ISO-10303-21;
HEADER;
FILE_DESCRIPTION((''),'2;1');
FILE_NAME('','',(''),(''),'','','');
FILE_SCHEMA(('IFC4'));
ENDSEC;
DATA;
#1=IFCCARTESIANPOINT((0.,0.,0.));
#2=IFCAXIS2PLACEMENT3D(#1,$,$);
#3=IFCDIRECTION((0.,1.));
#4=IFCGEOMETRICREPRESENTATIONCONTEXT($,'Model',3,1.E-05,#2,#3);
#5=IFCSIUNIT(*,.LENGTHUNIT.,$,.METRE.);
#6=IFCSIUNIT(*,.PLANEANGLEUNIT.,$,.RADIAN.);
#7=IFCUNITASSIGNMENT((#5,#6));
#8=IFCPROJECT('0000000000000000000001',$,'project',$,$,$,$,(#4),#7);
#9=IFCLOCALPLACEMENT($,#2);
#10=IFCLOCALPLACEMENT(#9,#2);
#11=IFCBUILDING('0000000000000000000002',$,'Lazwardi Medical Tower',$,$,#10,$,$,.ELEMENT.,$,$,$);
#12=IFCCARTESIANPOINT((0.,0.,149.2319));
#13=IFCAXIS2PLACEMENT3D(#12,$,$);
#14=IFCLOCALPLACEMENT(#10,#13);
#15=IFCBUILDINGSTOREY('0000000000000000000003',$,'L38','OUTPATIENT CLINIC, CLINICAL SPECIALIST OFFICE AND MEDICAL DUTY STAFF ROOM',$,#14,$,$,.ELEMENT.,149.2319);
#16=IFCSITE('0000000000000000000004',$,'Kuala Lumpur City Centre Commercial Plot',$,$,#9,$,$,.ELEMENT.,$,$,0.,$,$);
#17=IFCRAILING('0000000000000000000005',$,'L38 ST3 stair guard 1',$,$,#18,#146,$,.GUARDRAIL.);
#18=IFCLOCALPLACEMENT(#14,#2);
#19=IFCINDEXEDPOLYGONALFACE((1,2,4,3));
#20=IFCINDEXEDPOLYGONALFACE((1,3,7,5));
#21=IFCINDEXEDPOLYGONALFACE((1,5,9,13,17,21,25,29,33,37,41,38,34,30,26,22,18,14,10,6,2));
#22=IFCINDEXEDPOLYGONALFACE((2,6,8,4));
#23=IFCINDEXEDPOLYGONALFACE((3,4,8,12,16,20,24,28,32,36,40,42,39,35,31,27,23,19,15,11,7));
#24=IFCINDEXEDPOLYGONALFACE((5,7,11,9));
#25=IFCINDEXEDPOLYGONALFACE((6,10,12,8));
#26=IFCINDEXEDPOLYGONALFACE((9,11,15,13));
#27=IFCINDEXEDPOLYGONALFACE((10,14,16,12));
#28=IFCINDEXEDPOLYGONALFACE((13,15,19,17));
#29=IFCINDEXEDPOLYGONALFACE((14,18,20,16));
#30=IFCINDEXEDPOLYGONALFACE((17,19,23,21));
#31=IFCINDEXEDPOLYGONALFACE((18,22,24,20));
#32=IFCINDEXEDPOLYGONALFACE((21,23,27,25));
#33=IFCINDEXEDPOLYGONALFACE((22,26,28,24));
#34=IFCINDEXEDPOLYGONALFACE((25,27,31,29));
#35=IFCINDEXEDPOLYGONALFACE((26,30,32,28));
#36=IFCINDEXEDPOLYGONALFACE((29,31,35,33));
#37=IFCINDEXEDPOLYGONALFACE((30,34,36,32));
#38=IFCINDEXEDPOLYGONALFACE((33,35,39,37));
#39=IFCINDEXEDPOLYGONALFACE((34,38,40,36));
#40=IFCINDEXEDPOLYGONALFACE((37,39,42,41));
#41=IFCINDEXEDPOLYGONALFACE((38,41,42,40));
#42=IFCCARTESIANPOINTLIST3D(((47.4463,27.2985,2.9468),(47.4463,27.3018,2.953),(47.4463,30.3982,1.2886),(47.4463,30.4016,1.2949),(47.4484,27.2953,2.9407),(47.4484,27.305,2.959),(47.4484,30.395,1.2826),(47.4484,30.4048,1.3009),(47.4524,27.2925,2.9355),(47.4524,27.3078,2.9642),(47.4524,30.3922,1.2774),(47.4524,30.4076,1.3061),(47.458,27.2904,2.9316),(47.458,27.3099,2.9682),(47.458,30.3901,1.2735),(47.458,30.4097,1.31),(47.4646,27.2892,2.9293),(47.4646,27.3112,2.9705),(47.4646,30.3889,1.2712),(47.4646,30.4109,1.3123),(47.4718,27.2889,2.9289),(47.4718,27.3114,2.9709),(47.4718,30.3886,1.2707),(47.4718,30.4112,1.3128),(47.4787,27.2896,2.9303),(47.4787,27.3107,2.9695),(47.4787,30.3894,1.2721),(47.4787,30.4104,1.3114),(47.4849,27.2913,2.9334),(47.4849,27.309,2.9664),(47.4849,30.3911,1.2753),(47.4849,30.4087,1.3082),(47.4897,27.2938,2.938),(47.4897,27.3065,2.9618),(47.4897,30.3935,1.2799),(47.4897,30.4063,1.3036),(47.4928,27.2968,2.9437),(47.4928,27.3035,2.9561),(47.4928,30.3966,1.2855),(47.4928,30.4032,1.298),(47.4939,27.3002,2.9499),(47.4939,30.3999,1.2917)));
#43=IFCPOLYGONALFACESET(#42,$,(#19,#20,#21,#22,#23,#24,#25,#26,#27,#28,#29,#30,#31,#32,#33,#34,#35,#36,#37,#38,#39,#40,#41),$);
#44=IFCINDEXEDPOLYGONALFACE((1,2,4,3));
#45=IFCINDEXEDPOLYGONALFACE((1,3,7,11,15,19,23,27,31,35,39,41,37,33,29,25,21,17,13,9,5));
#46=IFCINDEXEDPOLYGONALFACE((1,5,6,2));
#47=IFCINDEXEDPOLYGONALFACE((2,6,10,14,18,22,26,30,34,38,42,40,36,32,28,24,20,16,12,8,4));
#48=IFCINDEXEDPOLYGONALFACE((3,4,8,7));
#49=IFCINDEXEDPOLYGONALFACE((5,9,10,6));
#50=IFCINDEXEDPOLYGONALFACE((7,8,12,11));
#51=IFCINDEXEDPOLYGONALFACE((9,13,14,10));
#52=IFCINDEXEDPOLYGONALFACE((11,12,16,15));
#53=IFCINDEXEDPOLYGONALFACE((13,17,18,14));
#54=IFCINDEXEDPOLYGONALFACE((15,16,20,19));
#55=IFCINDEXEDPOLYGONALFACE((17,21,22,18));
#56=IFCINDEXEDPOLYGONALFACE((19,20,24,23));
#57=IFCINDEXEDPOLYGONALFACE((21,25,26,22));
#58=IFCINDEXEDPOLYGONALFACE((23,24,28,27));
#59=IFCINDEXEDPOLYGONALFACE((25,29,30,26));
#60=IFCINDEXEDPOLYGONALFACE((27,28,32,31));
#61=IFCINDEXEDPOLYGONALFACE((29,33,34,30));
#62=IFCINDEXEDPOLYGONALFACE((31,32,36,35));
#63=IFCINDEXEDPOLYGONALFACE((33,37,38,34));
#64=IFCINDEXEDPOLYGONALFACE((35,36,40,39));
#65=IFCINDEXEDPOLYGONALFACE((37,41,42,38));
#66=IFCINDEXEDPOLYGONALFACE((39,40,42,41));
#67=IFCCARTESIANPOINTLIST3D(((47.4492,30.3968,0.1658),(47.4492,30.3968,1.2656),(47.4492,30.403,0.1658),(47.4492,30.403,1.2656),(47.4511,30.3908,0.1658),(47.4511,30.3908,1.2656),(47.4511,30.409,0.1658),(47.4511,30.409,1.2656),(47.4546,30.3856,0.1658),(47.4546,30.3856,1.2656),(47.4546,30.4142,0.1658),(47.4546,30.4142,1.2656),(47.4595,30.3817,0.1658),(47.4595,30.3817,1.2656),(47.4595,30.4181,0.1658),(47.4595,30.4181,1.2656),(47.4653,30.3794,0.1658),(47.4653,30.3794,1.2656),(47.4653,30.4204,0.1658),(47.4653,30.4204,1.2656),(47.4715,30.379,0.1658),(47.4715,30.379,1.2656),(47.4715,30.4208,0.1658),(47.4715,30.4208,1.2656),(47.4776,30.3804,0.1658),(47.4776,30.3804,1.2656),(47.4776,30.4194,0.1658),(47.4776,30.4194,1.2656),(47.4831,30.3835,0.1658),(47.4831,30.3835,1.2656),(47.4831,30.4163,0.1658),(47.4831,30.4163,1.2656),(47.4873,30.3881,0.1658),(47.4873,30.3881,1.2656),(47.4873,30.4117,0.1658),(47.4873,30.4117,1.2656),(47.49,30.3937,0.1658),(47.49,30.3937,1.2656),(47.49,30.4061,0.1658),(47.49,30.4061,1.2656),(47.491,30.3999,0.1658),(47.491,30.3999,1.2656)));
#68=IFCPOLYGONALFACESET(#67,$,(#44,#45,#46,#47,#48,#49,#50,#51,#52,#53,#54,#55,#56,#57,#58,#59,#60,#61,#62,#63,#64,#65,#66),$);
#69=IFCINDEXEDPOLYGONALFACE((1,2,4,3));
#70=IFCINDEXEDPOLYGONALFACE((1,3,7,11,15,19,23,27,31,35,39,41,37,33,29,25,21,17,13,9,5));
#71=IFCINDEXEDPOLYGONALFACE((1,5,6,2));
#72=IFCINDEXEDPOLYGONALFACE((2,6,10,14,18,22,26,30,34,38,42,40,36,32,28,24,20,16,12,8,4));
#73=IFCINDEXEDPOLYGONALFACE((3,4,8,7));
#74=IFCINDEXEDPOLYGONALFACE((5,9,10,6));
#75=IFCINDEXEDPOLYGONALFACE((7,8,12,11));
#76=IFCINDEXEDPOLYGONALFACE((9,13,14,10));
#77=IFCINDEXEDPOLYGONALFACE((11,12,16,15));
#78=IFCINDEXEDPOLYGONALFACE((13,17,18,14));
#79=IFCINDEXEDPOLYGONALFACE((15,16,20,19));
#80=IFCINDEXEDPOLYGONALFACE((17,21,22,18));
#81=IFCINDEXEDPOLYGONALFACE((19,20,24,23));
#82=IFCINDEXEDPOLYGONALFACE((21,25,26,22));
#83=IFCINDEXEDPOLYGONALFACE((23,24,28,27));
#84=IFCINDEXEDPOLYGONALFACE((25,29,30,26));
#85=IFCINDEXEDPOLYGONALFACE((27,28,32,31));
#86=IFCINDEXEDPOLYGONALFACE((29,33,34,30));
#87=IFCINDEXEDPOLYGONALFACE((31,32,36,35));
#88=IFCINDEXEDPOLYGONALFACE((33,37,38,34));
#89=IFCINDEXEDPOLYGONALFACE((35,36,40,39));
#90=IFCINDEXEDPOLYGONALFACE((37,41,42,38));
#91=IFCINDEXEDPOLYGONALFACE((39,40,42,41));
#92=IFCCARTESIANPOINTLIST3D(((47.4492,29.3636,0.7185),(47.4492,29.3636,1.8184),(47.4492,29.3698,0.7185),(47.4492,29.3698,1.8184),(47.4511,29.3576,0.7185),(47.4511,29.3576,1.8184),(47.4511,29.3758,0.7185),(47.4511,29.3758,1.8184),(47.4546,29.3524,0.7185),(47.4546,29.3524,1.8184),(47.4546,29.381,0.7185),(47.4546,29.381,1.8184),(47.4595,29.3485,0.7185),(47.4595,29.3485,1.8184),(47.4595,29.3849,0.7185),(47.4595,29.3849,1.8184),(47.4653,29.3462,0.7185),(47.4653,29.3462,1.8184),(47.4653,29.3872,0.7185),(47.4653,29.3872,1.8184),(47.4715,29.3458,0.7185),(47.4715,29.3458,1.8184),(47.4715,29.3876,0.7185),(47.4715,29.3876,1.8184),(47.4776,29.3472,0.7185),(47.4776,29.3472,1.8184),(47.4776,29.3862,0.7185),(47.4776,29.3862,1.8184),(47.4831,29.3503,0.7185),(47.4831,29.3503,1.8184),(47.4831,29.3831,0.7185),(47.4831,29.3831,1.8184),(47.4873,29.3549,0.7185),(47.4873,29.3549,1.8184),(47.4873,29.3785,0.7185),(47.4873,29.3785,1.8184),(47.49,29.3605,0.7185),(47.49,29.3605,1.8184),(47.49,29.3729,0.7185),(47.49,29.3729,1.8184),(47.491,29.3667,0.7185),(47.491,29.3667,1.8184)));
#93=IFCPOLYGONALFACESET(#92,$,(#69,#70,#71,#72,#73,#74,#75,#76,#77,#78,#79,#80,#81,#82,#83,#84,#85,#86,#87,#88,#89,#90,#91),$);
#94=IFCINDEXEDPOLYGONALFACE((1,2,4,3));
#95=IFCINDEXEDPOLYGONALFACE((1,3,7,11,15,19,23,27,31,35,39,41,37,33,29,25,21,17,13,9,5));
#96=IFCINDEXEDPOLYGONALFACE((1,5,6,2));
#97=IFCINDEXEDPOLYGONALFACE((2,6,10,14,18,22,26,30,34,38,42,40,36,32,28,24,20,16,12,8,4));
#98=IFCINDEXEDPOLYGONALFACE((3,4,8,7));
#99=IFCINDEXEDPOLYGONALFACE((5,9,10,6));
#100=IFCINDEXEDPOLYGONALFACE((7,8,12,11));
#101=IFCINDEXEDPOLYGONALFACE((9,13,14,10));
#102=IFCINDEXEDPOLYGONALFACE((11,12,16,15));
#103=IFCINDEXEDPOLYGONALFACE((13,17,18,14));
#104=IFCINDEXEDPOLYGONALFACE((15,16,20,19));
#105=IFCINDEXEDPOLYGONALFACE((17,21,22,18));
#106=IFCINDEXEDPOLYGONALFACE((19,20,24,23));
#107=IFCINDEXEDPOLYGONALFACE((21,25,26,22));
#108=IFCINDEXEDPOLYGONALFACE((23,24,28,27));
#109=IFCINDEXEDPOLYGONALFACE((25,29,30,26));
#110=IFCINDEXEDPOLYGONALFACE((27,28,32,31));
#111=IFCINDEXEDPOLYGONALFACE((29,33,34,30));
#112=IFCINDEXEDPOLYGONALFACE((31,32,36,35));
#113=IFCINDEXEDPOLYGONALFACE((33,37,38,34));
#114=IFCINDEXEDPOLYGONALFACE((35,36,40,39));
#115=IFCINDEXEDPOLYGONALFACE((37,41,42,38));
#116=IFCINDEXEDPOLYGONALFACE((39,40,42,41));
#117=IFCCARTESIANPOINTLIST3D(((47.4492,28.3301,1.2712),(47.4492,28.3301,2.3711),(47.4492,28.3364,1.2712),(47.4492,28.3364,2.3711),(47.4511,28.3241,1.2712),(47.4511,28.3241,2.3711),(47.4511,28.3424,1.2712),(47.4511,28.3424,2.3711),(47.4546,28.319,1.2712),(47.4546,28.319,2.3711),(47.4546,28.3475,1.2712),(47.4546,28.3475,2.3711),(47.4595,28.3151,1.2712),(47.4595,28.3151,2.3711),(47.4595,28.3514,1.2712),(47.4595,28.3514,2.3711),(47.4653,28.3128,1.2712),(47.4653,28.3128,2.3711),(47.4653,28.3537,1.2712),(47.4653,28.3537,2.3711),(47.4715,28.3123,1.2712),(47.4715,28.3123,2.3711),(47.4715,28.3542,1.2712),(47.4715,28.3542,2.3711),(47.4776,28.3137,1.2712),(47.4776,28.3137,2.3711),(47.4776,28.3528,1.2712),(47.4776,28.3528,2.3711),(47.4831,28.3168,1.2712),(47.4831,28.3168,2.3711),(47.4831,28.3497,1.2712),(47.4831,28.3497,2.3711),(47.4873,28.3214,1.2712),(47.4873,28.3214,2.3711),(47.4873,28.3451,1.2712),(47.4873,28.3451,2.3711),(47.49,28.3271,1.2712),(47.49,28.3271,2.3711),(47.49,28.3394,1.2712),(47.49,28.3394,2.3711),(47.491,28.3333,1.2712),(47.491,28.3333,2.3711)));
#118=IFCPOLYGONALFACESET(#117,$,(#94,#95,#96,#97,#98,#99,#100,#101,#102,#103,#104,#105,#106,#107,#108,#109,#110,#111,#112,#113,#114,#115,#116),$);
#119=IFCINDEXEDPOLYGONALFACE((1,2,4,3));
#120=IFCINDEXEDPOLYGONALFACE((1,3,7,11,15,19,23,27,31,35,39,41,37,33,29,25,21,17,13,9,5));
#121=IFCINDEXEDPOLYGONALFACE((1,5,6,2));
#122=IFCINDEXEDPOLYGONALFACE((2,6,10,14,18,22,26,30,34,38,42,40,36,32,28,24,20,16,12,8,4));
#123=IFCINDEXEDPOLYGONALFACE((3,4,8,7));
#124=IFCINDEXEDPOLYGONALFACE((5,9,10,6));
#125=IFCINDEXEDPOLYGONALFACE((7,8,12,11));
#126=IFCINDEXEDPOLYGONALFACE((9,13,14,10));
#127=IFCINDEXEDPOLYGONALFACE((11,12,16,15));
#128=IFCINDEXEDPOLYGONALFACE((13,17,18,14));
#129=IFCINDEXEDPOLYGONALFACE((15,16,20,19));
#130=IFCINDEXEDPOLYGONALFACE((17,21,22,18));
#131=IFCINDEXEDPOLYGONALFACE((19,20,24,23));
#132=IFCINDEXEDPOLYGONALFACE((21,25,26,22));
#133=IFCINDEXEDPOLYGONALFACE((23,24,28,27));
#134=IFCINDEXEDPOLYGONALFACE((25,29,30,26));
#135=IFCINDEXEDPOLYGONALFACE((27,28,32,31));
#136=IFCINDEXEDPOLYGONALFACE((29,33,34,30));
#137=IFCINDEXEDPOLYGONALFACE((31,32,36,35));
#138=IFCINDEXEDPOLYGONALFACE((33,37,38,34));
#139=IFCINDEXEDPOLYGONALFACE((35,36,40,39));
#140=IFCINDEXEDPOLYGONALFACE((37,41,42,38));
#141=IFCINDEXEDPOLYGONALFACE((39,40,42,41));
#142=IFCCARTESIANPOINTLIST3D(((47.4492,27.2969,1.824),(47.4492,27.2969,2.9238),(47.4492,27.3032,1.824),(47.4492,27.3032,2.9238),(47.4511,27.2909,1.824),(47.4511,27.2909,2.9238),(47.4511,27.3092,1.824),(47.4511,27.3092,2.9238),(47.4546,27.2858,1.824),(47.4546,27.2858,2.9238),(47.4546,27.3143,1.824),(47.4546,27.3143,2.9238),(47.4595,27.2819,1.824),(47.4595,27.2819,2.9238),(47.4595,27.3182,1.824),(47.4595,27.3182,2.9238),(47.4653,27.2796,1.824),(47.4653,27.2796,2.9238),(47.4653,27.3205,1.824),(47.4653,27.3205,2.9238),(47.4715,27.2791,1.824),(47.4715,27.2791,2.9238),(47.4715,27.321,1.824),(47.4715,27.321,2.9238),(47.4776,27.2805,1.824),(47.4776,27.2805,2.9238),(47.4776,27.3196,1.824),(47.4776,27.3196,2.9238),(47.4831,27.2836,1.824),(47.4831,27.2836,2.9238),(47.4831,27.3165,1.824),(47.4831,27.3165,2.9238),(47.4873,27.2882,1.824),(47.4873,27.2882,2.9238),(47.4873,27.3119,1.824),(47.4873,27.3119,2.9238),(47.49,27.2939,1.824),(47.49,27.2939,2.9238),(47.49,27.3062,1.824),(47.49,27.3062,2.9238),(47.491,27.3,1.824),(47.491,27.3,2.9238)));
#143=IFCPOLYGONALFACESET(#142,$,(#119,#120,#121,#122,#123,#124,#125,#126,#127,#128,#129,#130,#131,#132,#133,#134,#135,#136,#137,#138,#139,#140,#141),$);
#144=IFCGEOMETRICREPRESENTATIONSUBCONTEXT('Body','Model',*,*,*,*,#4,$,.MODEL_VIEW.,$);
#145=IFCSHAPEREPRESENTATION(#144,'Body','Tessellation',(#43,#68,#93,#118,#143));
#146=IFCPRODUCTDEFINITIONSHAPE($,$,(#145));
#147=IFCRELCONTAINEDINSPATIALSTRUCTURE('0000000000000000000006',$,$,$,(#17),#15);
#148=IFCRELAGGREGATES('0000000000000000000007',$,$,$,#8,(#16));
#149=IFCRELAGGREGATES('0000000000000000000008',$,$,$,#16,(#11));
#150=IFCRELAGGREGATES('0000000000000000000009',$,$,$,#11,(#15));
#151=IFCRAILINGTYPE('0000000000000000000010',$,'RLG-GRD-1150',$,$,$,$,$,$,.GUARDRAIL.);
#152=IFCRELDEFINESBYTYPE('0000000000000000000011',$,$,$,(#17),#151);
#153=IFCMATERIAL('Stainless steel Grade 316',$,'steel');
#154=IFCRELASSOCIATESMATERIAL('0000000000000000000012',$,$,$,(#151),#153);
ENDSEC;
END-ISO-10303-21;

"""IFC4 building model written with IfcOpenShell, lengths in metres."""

from ifc_helpers import new_model, si_unit, direction, frame, origin, origin_2d, place, context, subcontext, project, spatial, circle, extrude, material, type_object, element, save


model = new_model("IFC4")

# Units and contexts
model_context = context("Model", 3, precision=1e-05, world=origin(), true_north=direction((0.0, 1.0)))
body_context = subcontext(model_context, "Body", "Model", "MODEL_VIEW")
ifc_project = project(units=[si_unit("LENGTHUNIT", "METRE"), si_unit("PLANEANGLEUNIT", "RADIAN")], contexts=[model_context])

# Site, building, storey
site_placement = place(None, origin())
site = spatial("IfcSite", under=ifc_project, at=site_placement, Name="Kuala Lumpur City Centre Commercial Plot", CompositionType="ELEMENT", RefElevation=0.0)
building_placement = place(site_placement, origin())
building = spatial("IfcBuilding", under=site, at=building_placement, Name="Lazwardi Medical Tower", CompositionType="ELEMENT")
storey_placement = place(building_placement, frame((0.0, 0.0, 149.2319)))
storey = spatial("IfcBuildingStorey", under=building, at=storey_placement, Name="L38", Description="OUTPATIENT CLINIC, CLINICAL SPECIALIST OFFICE AND MEDICAL DUTY STAFF ROOM", CompositionType="ELEMENT", Elevation=149.2319)

# Railing
ifc_material_1 = material(Name="Stainless steel Grade 316", Category="steel")
railing_type = type_object("IfcRailingType", Name="RLG-GRD-1150", PredefinedType="GUARDRAIL", material=ifc_material_1)
railing_1_placement = place(storey_placement, frame((47.47, 30.3999, 0.1658)))
element("IfcRailing", 1, at=railing_1_placement, inside=storey, type_object=railing_type, Name="L38 ST3 stair guard 1", PredefinedType="GUARDRAIL", context=body_context, shape_type="SweptSolid", body=[
    extrude(circle(Radius=0.0239, at=origin_2d()), frame((0.0, 0.0, 1.126), z_axis=(0.0, -0.881768, 0.471684), x_axis=(1.0, 0.0, 0.0)), (0.0, 0.0, 1.0), 3.5154),
    extrude(circle(Radius=0.021, at=origin_2d()), origin(), (0.0, 0.0, 1.0), 1.0999),
    extrude(circle(Radius=0.021, at=origin_2d()), frame((0.0, -1.0332, 0.5527)), (0.0, 0.0, 1.0), 1.0999),
    extrude(circle(Radius=0.021, at=origin_2d()), frame((0.0, -2.0667, 1.1055)), (0.0, 0.0, 1.0), 1.0999),
    extrude(circle(Radius=0.021, at=origin_2d()), frame((0.0, -3.0999, 1.6582)), (0.0, 0.0, 1.0), 1.0999),
])

save(model, "model.ifc")
